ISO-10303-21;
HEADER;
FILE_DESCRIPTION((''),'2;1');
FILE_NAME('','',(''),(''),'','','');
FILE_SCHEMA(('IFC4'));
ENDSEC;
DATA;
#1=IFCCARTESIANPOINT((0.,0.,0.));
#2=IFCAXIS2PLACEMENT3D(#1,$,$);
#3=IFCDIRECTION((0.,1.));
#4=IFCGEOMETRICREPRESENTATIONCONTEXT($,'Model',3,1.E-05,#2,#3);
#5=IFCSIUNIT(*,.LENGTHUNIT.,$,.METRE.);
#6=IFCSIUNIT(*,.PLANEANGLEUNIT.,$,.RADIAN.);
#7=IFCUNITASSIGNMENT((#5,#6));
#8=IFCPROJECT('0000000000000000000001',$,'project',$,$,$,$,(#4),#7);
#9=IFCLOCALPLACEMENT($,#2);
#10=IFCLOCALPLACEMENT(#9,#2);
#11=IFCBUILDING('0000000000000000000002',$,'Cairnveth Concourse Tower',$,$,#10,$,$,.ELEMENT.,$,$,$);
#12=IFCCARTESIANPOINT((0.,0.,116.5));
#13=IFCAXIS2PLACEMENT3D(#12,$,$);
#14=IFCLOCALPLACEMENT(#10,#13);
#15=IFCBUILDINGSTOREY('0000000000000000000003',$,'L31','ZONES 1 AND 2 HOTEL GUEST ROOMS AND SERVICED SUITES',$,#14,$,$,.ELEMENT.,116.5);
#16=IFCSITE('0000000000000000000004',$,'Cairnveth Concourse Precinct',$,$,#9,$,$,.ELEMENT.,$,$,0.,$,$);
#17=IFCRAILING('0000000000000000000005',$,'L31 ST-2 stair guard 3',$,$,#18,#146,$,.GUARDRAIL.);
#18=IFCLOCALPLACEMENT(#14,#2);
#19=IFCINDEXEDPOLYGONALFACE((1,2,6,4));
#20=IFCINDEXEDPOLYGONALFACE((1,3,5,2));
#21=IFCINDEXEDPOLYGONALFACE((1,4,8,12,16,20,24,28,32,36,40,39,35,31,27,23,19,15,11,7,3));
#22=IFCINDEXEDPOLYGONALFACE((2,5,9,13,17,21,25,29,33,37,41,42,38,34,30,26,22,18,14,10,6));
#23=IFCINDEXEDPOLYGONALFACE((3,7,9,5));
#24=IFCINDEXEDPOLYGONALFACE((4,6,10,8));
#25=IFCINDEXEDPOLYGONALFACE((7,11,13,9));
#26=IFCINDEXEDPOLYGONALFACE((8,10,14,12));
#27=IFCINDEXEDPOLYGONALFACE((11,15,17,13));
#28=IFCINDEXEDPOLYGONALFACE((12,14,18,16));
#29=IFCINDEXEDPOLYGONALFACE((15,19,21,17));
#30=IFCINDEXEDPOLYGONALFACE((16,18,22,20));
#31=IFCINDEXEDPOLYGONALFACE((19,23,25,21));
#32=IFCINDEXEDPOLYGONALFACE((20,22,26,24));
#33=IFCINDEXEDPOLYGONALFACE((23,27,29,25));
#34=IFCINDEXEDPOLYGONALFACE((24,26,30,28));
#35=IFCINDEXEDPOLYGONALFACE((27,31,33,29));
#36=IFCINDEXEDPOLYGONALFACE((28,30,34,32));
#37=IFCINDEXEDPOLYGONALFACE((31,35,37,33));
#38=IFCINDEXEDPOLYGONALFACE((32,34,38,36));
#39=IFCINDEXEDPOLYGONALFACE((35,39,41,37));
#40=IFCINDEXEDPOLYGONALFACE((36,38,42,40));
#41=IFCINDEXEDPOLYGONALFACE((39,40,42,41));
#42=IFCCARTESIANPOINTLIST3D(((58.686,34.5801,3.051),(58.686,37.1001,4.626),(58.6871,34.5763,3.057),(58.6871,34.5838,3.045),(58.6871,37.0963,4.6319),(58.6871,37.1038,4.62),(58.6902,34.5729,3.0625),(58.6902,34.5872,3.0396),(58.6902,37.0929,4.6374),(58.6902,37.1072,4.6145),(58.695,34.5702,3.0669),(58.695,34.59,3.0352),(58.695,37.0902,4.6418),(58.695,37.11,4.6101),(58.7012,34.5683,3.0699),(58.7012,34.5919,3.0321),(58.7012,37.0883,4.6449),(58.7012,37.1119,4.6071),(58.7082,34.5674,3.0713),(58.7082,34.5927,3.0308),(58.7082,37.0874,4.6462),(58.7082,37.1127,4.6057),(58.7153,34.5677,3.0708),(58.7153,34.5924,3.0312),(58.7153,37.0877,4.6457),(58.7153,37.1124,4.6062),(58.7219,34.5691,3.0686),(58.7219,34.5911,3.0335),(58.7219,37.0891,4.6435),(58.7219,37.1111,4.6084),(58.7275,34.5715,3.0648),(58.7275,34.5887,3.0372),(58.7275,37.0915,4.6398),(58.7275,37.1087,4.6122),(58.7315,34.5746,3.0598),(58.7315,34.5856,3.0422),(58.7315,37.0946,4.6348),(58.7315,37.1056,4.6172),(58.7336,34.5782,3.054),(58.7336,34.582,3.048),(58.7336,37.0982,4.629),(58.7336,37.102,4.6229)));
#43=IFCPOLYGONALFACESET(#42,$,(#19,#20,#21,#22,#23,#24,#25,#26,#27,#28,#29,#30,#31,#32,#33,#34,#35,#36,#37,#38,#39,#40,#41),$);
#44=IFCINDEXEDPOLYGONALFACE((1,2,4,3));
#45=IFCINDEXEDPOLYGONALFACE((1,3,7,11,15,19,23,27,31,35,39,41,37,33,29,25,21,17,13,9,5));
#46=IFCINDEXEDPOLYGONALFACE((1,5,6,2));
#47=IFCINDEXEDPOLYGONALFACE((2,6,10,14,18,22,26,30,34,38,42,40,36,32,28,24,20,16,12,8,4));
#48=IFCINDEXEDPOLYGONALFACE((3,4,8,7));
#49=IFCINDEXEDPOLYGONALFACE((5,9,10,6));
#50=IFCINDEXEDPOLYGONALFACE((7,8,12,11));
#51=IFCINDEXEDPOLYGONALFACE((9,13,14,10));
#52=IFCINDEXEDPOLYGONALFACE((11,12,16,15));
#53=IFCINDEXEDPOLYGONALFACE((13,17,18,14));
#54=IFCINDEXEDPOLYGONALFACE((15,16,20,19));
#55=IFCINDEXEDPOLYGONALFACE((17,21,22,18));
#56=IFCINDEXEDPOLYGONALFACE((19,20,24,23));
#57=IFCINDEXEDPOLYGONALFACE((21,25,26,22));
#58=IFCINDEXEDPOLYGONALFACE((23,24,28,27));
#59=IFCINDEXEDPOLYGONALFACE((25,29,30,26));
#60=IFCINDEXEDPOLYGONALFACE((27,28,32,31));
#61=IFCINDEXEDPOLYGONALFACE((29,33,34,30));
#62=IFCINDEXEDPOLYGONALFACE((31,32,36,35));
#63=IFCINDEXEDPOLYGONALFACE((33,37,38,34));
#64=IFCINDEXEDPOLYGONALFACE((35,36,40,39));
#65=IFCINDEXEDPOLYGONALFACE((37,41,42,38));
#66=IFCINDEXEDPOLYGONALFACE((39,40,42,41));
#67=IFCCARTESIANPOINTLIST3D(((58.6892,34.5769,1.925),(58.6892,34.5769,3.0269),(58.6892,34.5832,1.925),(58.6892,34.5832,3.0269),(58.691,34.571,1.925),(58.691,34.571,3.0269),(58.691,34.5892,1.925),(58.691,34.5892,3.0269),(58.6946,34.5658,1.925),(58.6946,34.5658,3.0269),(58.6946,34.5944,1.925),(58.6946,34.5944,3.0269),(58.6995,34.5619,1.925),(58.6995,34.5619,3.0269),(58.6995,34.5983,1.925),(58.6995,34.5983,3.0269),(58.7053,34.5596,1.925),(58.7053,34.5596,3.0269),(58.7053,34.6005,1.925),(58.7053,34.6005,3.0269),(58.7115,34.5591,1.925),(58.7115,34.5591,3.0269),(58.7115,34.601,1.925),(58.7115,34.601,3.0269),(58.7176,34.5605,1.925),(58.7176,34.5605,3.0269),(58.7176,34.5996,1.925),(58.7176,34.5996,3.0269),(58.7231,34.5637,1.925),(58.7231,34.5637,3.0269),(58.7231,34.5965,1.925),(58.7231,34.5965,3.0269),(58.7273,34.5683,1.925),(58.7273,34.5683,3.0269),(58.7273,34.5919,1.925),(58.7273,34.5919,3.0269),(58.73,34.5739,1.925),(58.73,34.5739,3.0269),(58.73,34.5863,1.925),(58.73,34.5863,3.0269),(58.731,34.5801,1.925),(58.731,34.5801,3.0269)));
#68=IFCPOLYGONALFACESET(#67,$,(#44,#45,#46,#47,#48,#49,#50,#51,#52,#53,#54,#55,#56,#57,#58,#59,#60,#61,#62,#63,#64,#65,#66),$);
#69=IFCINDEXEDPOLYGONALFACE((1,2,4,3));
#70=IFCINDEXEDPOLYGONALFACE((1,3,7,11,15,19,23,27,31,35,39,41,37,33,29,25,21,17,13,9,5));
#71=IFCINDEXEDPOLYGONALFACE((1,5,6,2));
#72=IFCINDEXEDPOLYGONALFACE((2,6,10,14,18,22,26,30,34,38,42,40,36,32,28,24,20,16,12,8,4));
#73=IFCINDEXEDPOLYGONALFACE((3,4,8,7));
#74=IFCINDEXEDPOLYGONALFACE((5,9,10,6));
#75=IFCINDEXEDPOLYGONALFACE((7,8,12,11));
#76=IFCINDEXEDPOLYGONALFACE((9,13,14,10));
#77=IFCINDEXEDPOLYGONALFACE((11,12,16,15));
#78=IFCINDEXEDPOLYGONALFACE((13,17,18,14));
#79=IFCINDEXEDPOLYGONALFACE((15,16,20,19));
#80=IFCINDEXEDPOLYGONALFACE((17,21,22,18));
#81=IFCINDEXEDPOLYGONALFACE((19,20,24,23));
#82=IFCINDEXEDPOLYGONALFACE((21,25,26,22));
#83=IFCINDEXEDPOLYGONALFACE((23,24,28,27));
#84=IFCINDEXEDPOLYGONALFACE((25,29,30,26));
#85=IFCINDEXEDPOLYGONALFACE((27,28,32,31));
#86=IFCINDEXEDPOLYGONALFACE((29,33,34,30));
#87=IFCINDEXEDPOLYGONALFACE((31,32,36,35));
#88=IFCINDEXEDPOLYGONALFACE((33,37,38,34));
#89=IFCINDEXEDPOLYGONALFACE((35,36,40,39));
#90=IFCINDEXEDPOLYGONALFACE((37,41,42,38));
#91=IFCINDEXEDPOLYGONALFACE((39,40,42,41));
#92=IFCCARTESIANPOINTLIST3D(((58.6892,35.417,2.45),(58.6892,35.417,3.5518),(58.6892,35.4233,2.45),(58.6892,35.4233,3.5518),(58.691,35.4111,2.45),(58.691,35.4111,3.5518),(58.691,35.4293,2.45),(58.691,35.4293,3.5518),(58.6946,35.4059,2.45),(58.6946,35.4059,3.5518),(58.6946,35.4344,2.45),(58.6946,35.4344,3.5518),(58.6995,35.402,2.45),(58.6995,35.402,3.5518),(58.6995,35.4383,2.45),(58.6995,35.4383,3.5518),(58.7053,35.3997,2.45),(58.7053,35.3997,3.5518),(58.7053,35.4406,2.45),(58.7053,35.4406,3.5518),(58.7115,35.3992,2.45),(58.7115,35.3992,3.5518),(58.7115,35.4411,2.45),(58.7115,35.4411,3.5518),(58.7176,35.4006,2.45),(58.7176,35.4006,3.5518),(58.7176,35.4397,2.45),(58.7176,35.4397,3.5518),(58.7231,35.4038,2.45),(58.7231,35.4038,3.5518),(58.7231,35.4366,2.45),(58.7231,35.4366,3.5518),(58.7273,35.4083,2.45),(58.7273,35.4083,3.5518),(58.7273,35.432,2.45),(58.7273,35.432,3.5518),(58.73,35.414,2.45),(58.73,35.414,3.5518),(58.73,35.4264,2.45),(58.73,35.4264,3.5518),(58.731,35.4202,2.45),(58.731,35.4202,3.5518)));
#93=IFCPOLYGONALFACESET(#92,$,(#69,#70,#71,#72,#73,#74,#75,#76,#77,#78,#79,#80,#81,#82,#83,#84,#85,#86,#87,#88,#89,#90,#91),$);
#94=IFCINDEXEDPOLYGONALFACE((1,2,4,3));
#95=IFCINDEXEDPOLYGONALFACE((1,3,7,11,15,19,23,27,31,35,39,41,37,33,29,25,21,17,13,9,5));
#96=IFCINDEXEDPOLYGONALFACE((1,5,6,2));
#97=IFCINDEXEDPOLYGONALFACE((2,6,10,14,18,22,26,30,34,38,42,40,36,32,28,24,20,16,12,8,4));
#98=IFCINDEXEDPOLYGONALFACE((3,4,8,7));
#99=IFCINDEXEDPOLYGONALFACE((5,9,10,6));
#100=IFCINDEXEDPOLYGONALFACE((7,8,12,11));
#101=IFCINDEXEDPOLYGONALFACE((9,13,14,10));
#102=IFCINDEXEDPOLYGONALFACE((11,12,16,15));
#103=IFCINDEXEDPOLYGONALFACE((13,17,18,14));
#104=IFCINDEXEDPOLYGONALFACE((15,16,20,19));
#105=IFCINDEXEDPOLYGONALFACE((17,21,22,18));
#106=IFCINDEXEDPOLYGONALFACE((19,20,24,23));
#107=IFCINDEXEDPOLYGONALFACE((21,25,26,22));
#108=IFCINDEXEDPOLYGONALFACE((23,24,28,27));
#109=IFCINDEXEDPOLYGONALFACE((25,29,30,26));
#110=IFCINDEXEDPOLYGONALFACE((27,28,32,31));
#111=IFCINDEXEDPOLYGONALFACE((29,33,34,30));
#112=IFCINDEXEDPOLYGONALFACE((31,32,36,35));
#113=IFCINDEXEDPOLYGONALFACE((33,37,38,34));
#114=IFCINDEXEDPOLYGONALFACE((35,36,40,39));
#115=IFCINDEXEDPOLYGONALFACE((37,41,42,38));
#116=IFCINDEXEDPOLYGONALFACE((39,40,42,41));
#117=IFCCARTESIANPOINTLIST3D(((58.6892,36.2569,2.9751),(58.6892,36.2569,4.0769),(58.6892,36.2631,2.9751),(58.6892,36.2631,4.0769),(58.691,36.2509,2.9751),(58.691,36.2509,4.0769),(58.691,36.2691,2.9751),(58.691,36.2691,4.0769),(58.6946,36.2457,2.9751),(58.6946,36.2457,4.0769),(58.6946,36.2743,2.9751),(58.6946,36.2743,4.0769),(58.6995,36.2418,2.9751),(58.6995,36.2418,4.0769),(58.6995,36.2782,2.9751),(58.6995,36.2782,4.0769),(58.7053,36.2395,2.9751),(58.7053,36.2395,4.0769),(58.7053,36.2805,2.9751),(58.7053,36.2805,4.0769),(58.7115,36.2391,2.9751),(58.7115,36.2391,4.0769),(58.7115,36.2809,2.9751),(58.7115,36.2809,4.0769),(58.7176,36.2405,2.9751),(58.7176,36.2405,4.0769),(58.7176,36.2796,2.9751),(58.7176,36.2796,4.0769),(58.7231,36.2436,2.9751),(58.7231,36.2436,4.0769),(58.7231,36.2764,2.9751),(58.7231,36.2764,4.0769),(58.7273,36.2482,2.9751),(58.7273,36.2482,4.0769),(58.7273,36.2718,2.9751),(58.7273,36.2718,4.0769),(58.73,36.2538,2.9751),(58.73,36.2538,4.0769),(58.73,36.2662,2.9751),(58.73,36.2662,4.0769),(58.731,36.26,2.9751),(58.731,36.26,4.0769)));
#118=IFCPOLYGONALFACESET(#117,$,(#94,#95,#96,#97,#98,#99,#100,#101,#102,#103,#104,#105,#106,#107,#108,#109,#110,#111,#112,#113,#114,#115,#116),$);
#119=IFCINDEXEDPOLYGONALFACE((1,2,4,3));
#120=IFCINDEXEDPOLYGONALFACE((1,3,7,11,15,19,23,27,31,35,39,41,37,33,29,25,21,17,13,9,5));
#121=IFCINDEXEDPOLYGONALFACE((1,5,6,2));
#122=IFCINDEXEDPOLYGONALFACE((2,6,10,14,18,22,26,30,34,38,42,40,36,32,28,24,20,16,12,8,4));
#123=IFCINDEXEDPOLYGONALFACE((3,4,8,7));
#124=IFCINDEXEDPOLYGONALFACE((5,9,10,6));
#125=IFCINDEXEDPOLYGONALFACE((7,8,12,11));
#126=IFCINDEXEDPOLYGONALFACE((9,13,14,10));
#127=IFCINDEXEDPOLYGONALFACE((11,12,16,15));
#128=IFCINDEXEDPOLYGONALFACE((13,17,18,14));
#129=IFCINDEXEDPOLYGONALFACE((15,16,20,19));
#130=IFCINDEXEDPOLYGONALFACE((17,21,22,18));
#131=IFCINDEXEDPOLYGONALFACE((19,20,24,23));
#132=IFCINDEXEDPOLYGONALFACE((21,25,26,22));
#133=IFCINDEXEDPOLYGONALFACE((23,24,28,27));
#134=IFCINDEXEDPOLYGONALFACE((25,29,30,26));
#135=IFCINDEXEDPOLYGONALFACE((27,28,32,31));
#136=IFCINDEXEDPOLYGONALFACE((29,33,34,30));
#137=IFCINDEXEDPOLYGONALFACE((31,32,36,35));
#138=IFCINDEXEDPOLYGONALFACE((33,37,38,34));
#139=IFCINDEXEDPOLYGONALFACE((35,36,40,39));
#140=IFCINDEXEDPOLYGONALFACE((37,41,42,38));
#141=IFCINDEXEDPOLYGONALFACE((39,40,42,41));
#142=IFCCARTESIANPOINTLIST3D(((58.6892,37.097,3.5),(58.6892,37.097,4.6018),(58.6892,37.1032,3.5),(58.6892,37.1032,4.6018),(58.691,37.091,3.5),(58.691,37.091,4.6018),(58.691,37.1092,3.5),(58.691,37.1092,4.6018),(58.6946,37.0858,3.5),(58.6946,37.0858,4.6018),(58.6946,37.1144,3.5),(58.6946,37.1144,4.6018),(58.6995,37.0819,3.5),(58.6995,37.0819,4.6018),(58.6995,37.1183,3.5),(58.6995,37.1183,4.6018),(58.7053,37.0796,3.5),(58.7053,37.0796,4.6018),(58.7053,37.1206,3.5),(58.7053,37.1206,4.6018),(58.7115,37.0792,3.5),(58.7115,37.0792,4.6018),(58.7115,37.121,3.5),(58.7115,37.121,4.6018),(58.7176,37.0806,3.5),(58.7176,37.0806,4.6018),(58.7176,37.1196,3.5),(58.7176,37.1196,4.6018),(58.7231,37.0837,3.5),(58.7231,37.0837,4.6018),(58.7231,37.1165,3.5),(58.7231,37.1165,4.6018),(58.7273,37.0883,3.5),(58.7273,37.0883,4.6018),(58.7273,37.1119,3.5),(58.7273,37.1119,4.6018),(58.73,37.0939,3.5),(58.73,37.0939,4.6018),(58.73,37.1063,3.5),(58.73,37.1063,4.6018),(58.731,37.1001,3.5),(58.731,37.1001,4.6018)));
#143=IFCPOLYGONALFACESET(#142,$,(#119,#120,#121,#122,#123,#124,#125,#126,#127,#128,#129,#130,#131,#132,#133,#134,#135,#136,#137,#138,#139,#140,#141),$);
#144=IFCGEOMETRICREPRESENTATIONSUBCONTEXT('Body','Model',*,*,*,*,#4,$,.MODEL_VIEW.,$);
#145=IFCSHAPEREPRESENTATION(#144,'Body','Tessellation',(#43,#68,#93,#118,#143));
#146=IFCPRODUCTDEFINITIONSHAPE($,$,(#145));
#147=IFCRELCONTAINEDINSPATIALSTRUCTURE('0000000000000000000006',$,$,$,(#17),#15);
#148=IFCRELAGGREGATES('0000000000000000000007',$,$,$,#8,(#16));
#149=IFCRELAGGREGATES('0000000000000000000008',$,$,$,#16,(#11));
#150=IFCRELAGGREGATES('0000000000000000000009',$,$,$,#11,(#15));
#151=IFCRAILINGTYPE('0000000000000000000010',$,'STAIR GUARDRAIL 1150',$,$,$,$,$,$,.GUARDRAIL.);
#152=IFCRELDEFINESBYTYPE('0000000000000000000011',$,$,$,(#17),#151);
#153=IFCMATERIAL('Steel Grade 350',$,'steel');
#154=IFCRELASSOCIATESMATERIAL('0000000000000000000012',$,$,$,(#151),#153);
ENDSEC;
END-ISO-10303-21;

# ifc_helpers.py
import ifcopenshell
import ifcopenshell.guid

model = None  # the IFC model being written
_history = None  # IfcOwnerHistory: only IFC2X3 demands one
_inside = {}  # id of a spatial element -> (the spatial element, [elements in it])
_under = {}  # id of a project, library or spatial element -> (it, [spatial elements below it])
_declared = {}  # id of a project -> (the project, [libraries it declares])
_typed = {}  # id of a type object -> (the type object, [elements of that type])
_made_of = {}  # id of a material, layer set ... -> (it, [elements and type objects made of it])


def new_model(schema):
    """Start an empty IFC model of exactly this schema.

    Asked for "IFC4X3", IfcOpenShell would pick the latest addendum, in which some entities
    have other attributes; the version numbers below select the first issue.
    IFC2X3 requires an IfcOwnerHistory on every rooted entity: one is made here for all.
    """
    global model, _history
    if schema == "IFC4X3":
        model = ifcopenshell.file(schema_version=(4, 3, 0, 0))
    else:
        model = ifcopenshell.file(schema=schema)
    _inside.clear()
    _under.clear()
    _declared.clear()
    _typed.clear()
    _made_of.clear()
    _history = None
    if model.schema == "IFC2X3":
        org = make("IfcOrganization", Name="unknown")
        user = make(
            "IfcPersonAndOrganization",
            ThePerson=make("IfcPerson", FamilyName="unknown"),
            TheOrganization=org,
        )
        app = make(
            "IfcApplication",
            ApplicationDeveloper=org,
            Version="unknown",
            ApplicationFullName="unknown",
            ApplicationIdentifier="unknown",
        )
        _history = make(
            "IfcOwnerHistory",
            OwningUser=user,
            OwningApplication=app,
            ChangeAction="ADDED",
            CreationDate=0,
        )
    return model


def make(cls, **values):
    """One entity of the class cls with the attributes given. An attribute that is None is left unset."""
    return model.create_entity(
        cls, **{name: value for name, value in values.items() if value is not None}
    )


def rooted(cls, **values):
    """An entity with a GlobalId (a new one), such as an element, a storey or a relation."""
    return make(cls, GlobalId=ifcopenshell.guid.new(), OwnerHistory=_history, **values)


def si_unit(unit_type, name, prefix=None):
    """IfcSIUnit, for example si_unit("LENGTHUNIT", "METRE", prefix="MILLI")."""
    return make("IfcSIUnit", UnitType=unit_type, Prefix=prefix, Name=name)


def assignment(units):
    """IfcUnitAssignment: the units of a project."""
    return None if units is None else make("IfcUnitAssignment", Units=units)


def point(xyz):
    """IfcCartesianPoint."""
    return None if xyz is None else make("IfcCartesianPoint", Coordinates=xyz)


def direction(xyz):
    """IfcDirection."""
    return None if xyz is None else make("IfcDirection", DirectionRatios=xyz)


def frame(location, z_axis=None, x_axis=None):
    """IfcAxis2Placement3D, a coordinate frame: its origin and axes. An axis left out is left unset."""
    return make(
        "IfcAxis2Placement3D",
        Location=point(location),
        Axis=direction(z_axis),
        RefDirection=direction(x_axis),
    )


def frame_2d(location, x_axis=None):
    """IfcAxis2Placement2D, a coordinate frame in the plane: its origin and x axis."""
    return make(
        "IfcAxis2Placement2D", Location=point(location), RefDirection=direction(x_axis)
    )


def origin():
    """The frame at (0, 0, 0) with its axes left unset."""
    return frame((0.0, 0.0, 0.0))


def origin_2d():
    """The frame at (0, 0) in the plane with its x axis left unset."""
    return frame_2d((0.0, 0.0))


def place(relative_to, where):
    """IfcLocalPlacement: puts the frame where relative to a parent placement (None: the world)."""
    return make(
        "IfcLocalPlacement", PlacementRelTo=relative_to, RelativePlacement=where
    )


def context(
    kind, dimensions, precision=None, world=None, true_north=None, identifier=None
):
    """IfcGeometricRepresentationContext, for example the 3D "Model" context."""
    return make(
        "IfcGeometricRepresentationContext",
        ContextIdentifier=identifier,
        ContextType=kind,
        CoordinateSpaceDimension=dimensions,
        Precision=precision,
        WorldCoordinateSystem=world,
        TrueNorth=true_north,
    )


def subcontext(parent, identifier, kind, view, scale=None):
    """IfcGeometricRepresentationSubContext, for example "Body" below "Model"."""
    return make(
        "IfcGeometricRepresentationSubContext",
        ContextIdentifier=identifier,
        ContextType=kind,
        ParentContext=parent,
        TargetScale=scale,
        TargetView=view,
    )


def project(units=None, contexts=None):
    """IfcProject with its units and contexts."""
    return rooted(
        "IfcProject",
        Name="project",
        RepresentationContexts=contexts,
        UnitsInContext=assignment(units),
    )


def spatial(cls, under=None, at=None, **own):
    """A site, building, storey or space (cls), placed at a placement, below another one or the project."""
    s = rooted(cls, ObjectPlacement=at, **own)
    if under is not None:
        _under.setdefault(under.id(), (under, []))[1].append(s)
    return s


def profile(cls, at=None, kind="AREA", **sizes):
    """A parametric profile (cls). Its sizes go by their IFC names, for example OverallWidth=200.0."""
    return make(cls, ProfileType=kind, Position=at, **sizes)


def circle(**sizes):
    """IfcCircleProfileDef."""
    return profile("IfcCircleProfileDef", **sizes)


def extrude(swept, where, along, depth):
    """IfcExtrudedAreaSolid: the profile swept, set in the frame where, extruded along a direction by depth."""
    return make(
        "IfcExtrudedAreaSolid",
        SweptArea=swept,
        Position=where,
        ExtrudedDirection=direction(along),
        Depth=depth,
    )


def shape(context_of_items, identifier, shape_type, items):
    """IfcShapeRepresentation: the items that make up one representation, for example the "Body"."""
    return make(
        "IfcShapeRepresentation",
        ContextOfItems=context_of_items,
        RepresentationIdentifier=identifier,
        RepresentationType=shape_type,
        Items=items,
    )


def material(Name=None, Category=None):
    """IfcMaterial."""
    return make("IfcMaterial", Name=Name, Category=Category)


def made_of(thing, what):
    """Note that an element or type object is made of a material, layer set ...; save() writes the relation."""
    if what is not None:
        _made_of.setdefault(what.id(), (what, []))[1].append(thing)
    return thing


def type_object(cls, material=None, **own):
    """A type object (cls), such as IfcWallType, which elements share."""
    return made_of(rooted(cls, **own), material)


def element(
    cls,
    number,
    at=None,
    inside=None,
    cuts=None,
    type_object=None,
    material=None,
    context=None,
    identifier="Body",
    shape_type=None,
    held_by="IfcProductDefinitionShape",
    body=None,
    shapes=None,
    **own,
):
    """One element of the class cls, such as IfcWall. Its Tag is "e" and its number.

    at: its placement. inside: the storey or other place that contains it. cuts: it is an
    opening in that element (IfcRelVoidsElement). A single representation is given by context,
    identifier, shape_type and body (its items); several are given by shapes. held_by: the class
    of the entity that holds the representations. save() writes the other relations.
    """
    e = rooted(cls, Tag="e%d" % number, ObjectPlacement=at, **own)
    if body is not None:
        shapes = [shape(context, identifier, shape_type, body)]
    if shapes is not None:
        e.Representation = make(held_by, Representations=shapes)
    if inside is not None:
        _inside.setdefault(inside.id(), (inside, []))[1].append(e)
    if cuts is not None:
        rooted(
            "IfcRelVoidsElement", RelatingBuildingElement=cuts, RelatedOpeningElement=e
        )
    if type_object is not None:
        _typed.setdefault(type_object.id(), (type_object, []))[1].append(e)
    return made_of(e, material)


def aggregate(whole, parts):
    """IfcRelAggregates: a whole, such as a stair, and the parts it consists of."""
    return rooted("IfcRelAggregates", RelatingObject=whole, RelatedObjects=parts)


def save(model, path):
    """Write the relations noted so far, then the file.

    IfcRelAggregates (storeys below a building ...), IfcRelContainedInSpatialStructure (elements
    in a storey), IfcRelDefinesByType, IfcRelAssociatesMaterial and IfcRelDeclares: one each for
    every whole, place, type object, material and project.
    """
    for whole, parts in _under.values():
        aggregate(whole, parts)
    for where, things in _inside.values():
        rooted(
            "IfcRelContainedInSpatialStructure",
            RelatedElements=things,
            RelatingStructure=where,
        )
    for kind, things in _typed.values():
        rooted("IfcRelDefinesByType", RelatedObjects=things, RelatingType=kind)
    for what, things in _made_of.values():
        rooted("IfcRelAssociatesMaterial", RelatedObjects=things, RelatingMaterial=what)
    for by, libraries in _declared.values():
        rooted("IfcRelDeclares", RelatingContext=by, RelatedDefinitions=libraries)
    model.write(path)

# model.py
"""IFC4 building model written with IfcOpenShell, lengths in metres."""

from ifc_helpers import new_model, si_unit, direction, frame, origin, origin_2d, place, context, subcontext, project, spatial, circle, extrude, material, type_object, element, save


model = new_model("IFC4")

# Units and contexts
model_context = context("Model", 3, precision=1e-05, world=origin(), true_north=direction((0.0, 1.0)))
body_context = subcontext(model_context, "Body", "Model", "MODEL_VIEW")
ifc_project = project(units=[si_unit("LENGTHUNIT", "METRE"), si_unit("PLANEANGLEUNIT", "RADIAN")], contexts=[model_context])

# Site, building, storey
site_placement = place(None, origin())
site = spatial("IfcSite", under=ifc_project, at=site_placement, Name="Cairnveth Concourse Precinct", CompositionType="ELEMENT", RefElevation=0.0)
building_placement = place(site_placement, origin())
building = spatial("IfcBuilding", under=site, at=building_placement, Name="Cairnveth Concourse Tower", CompositionType="ELEMENT")
storey_placement = place(building_placement, frame((0.0, 0.0, 116.5)))
storey = spatial("IfcBuildingStorey", under=building, at=storey_placement, Name="L31", Description="ZONES 1 AND 2 HOTEL GUEST ROOMS AND SERVICED SUITES", CompositionType="ELEMENT", Elevation=116.5)

# Shared definitions
ifc_material_1 = material(Name="Steel Grade 350", Category="steel")

# Railing
railing_type_1 = type_object("IfcRailingType", Name="STAIR GUARDRAIL 1150", PredefinedType="GUARDRAIL", material=ifc_material_1)
railing_1_placement = place(storey_placement, frame((58.71, 34.5801, 1.925)))
element("IfcRailing", 1, at=railing_1_placement, inside=storey, type_object=railing_type_1, Name="L31 ST-2 stair guard 3", PredefinedType="GUARDRAIL", context=body_context, shape_type="SweptSolid", body=[
    extrude(circle(Radius=0.0239, at=origin_2d()), frame((0.0, 0.0, 1.126), z_axis=(0.0, 0.848008, 0.529984), x_axis=(-1.0, 0.0, 0.0)), (0.0, 0.0, 1.0), 2.9717),
    extrude(circle(Radius=0.021, at=origin_2d()), origin(), (0.0, 0.0, 1.0), 1.1018),
    extrude(circle(Radius=0.021, at=origin_2d()), frame((0.0, 0.8401, 0.5249)), (0.0, 0.0, 1.0), 1.1018),
    extrude(circle(Radius=0.021, at=origin_2d()), frame((0.0, 1.6799, 1.05)), (0.0, 0.0, 1.0), 1.1018),
    extrude(circle(Radius=0.021, at=origin_2d()), frame((0.0, 2.52, 1.575)), (0.0, 0.0, 1.0), 1.1018),
])

save(model, "model.ifc")
